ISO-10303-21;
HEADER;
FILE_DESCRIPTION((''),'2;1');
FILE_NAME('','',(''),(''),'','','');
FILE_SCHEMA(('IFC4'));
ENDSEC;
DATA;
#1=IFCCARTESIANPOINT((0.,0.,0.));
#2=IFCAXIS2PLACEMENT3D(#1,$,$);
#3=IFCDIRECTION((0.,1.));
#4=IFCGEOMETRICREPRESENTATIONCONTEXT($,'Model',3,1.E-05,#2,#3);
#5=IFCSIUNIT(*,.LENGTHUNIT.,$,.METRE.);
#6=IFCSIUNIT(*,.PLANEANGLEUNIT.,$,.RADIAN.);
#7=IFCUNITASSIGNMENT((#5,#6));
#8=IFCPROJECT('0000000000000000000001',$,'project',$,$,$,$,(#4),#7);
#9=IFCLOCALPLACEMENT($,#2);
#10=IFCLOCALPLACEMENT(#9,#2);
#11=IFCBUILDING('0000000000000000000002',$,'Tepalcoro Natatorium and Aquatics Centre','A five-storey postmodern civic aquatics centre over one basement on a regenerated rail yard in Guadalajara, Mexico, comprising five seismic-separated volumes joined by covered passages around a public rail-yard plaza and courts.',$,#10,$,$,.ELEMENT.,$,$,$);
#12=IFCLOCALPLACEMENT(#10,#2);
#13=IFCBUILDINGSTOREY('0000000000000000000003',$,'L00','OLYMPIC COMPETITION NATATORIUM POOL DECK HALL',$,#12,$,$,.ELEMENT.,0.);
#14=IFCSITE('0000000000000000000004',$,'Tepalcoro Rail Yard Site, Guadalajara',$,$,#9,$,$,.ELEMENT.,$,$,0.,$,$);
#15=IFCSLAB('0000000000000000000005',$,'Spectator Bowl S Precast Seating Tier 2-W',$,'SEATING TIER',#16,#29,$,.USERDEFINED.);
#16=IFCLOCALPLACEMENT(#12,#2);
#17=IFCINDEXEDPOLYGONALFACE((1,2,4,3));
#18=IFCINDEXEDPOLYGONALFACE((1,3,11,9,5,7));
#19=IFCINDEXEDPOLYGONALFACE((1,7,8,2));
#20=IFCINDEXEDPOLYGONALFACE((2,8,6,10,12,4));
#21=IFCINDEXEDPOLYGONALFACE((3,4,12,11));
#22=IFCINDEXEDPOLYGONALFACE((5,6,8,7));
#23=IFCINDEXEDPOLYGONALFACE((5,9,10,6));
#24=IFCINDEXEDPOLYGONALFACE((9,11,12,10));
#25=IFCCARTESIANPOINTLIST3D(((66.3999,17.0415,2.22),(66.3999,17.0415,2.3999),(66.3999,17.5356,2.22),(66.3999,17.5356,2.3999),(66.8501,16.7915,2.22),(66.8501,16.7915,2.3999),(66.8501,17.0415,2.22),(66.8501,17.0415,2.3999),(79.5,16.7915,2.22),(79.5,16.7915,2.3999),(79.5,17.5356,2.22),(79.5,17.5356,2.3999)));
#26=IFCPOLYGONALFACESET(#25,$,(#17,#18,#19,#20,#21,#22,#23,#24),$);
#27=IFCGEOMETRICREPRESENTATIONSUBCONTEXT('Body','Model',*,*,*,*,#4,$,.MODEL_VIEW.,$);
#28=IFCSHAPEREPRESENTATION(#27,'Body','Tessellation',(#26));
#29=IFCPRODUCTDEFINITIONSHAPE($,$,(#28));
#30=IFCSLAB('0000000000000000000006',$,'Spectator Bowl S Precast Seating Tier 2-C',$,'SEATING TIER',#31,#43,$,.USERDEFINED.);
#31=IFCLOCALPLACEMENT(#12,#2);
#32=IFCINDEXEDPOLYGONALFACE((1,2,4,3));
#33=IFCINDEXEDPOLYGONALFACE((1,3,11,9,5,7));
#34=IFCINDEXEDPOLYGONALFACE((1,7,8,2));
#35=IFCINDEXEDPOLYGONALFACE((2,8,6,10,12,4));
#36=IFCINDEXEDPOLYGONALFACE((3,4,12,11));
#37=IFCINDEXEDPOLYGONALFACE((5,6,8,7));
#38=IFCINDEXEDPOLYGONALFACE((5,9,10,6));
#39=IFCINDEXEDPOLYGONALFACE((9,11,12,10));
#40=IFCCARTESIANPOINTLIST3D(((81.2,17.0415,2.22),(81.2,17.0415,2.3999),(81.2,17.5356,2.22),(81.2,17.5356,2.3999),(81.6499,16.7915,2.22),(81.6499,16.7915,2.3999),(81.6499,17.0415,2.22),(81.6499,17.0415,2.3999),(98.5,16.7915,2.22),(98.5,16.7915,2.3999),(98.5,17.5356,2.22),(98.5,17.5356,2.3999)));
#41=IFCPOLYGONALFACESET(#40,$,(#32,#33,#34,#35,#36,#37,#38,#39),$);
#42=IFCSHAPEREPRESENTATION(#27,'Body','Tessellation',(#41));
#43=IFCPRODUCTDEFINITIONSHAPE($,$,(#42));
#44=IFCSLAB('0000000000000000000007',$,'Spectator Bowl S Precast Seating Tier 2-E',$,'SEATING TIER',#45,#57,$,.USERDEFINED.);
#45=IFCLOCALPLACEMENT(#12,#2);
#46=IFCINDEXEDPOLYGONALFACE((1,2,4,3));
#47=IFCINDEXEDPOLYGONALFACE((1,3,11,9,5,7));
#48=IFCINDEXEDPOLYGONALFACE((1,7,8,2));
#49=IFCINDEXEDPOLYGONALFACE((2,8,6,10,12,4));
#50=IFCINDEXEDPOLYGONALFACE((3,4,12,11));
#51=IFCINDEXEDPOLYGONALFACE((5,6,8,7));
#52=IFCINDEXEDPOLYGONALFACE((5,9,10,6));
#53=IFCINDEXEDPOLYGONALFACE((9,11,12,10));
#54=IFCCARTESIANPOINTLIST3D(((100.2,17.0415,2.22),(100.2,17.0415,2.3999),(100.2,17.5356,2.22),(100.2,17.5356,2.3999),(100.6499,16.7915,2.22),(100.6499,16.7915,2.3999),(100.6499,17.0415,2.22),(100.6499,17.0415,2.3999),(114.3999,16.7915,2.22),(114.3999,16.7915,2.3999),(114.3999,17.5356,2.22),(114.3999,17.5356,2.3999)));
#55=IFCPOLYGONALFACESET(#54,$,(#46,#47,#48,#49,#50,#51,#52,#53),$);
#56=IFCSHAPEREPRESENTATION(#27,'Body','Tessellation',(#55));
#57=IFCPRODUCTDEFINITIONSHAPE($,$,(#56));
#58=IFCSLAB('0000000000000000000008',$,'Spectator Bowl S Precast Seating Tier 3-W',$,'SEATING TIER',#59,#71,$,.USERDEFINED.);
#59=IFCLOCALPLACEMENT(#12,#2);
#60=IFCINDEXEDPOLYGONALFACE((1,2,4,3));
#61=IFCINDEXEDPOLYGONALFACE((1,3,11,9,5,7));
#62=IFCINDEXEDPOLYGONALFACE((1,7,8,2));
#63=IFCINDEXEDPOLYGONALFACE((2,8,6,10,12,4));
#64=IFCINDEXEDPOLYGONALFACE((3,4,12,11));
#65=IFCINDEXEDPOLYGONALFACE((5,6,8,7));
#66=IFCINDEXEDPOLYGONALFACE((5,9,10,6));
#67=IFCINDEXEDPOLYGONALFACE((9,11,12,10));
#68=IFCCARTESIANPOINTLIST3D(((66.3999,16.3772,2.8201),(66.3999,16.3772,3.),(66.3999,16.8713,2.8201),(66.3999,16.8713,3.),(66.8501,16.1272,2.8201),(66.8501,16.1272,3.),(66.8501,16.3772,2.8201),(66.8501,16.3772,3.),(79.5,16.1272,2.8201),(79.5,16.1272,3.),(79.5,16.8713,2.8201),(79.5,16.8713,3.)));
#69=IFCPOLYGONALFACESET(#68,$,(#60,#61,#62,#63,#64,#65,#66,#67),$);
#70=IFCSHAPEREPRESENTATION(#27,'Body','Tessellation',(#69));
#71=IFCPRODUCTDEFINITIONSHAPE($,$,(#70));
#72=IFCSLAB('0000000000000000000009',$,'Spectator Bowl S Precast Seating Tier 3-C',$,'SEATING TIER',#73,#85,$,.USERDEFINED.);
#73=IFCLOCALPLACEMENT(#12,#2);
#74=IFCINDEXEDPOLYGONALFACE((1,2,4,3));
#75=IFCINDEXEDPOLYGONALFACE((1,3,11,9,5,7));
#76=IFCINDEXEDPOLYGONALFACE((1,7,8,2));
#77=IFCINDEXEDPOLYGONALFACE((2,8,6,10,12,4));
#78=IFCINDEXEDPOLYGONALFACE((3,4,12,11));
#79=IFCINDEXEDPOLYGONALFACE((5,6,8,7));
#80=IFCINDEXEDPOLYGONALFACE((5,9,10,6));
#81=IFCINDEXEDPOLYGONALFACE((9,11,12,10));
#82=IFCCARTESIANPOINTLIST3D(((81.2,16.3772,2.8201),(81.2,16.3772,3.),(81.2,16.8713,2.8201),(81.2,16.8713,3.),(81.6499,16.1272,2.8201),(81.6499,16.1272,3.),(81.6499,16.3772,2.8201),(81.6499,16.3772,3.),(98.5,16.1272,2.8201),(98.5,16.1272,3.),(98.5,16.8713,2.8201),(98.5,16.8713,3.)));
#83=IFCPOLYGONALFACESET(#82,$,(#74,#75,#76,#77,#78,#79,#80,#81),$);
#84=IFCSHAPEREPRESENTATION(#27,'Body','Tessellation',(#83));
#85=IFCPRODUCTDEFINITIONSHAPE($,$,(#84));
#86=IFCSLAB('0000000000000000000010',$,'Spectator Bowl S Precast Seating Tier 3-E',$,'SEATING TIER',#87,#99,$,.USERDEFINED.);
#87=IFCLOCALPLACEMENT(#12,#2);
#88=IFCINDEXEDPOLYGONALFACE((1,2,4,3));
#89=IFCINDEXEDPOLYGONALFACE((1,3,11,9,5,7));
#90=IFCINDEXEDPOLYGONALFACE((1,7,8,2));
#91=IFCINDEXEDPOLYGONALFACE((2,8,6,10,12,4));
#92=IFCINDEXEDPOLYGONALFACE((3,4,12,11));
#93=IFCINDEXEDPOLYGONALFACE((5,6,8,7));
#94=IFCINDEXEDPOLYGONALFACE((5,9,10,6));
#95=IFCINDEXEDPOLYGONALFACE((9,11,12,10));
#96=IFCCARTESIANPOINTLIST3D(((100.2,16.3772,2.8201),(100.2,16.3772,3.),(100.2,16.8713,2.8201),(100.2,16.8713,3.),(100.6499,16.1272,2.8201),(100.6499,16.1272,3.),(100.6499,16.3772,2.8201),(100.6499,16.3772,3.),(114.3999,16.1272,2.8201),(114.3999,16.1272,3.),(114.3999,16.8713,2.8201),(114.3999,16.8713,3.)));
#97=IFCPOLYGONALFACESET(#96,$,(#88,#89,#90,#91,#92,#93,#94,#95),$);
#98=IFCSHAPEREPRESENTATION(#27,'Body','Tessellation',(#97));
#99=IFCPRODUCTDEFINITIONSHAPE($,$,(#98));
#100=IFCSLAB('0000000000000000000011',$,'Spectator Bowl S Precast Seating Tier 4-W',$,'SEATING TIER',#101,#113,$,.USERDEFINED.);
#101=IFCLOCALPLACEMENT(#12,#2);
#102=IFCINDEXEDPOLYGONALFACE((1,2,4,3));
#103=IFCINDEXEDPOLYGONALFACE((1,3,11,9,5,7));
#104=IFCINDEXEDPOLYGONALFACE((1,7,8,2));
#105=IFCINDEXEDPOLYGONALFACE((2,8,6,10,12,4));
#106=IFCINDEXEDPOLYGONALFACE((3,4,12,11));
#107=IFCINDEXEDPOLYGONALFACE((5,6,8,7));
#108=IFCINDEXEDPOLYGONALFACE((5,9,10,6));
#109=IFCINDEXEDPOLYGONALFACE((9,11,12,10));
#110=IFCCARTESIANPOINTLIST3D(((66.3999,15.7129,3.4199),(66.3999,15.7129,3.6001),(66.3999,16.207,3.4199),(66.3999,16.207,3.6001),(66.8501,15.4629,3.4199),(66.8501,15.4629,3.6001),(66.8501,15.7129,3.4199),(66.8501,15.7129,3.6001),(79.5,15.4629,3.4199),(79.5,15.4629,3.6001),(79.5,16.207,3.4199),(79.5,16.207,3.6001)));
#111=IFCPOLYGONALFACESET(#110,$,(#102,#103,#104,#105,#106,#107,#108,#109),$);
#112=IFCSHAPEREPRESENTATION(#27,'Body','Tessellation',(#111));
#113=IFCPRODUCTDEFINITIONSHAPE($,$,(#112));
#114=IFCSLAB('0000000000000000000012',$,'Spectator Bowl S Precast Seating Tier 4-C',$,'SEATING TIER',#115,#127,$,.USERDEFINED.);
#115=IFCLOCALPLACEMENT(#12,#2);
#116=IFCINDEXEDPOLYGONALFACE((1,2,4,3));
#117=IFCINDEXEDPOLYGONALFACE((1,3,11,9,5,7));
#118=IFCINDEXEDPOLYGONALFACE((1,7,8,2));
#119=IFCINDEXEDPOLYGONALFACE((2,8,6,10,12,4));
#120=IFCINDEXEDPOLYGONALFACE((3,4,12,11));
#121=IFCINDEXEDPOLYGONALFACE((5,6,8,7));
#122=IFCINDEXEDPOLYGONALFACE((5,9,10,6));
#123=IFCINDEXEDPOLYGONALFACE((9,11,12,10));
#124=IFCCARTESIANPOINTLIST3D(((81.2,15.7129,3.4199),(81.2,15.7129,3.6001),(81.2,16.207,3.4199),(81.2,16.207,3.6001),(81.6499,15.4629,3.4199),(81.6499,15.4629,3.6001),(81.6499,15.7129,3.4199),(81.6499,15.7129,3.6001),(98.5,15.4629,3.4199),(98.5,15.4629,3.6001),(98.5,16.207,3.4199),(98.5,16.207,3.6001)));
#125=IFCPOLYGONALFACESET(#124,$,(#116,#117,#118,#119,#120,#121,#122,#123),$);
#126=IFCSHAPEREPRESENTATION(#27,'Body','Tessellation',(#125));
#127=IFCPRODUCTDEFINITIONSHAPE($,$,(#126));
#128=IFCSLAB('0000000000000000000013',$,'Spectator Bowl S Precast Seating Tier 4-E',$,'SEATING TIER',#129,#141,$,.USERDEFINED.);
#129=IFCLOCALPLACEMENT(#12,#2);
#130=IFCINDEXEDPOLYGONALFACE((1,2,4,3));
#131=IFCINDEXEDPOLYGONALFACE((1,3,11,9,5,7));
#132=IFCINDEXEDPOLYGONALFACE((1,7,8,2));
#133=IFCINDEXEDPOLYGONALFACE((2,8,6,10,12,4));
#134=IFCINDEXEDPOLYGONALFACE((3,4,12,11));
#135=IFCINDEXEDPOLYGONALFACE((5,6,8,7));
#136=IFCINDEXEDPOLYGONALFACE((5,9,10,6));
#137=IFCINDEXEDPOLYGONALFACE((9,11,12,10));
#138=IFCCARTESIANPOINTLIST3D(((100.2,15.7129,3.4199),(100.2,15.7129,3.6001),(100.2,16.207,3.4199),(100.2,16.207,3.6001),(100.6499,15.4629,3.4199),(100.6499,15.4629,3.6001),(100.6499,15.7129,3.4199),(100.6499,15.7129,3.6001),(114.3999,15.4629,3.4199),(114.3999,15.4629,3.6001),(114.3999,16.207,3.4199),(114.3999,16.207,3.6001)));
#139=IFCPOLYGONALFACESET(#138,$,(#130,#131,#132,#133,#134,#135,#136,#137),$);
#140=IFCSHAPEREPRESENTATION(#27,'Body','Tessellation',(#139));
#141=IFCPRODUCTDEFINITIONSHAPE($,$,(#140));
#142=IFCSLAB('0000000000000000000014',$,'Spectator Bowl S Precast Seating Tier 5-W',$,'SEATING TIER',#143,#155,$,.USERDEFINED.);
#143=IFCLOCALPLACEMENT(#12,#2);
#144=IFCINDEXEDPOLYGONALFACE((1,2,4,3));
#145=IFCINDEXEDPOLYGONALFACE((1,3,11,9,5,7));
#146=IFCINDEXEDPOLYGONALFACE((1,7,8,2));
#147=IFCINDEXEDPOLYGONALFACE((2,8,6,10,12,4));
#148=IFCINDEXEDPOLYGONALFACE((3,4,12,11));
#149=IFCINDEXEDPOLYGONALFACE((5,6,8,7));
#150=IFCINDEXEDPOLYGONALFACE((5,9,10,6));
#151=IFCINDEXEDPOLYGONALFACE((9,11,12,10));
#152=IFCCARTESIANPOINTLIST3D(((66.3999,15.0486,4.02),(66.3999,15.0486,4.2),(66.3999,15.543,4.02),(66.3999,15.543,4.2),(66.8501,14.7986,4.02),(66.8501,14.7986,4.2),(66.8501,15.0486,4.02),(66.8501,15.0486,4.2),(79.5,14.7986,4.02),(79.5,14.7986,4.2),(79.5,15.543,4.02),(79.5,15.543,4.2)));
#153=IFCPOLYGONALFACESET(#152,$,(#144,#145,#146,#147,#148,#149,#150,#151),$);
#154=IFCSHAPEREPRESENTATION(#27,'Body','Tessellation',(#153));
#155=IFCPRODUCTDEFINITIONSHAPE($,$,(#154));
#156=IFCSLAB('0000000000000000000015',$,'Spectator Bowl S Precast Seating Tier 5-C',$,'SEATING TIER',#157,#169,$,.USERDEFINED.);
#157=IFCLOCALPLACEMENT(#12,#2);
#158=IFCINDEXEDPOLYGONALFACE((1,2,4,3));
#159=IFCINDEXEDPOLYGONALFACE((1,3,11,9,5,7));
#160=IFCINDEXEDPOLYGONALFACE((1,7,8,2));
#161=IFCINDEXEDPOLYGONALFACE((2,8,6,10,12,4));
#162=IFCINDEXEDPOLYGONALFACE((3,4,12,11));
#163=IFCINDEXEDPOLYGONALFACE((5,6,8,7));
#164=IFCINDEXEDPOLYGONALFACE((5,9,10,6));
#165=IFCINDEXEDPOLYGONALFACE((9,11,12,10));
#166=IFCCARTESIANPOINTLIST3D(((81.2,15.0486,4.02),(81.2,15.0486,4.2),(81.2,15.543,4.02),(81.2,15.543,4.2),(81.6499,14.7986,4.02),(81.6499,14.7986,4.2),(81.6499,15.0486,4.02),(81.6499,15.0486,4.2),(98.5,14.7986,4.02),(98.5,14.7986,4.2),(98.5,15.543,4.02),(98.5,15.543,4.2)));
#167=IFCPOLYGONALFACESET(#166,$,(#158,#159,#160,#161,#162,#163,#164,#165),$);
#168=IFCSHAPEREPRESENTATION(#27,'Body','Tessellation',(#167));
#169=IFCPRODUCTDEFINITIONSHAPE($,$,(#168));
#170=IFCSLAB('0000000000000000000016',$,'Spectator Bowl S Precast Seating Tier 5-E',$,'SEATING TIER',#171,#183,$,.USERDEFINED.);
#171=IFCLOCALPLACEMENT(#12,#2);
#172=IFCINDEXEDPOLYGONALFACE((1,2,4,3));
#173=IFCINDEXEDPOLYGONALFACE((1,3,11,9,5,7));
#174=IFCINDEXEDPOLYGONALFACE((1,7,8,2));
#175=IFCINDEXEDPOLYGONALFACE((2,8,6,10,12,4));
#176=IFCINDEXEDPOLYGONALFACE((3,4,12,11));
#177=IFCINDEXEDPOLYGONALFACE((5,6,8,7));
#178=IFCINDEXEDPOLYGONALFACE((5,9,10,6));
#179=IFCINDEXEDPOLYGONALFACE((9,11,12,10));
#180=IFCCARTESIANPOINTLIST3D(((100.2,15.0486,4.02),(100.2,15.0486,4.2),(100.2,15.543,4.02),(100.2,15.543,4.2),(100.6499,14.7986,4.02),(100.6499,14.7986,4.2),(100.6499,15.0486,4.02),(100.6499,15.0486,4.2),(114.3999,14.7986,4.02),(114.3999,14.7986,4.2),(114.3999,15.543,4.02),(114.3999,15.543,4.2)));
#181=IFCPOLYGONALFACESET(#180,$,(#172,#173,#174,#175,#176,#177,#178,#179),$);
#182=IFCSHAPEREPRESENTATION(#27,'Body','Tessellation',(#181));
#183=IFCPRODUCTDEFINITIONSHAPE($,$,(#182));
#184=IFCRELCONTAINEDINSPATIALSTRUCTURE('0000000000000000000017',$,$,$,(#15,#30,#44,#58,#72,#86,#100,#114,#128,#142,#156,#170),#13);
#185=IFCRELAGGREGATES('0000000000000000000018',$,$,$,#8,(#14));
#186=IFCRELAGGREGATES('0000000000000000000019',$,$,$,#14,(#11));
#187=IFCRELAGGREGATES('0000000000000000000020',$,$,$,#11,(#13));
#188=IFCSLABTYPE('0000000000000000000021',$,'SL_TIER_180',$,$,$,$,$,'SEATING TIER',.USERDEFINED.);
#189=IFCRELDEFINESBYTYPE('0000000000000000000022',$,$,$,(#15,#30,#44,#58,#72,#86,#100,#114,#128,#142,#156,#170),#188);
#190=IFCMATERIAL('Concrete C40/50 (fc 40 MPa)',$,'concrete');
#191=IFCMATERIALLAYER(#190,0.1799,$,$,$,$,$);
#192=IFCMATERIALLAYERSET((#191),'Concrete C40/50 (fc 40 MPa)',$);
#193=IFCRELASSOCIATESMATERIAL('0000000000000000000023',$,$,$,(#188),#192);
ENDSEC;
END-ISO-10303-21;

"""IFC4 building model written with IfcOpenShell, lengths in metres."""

from ifc_helpers import new_model, si_unit, direction, frame, origin, place, context, subcontext, project, spatial, polyline, outline, extrude, material, layer, layer_set, type_object, element, save


model = new_model("IFC4")

# Units and contexts
model_context = context("Model", 3, precision=1e-05, world=origin(), true_north=direction((0.0, 1.0)))
body_context = subcontext(model_context, "Body", "Model", "MODEL_VIEW")
ifc_project = project(units=[si_unit("LENGTHUNIT", "METRE"), si_unit("PLANEANGLEUNIT", "RADIAN")], contexts=[model_context])

# Site, building, storey
site_placement = place(None, origin())
site = spatial("IfcSite", under=ifc_project, at=site_placement, Name="Tepalcoro Rail Yard Site, Guadalajara", CompositionType="ELEMENT", RefElevation=0.0)
building_placement = place(site_placement, origin())
building = spatial("IfcBuilding", under=site, at=building_placement, Name="Tepalcoro Natatorium and Aquatics Centre", Description="A five-storey postmodern civic aquatics centre over one basement on a regenerated rail yard in Guadalajara, Mexico, comprising five seismic-separated volumes joined by covered passages around a public rail-yard plaza and courts.", CompositionType="ELEMENT")
storey_placement = place(building_placement, origin())
storey = spatial("IfcBuildingStorey", under=building, at=storey_placement, Name="L00", Description="OLYMPIC COMPETITION NATATORIUM POOL DECK HALL", CompositionType="ELEMENT", Elevation=0.0)

# Slabs
ifc_material = material(Name="Concrete C40/50 (fc 40 MPa)", Category="concrete")
ifc_layer = layer(ifc_material, 0.1799)
ifc_layer_set = layer_set([ifc_layer], Name="Concrete C40/50 (fc 40 MPa)")
slab_type = type_object("IfcSlabType", Name="SL_TIER_180", ElementType="SEATING TIER", PredefinedType="USERDEFINED", material=ifc_layer_set)
slab_1_placement = place(storey_placement, frame((0.0, 0.0, 2.22)))
element("IfcSlab", 1, at=slab_1_placement, inside=storey, type_object=slab_type, Name="Spectator Bowl S Precast Seating Tier 2-W", ObjectType="SEATING TIER", PredefinedType="USERDEFINED", context=body_context, shape_type="SweptSolid", body=[
    extrude(outline(polyline([(66.3999, 17.5356), (79.5, 17.5356), (79.5, 16.7915), (66.8501, 16.7915), (66.8501, 17.0415), (66.3999, 17.0415), (66.3999, 17.5356)])), origin(), (0.0, 0.0, 1.0), 0.1799),
])
slab_2_placement = place(storey_placement, frame((0.0, 0.0, 2.22)))
element("IfcSlab", 2, at=slab_2_placement, inside=storey, type_object=slab_type, Name="Spectator Bowl S Precast Seating Tier 2-C", ObjectType="SEATING TIER", PredefinedType="USERDEFINED", context=body_context, shape_type="SweptSolid", body=[
    extrude(outline(polyline([(81.2, 17.5356), (98.5, 17.5356), (98.5, 16.7915), (81.6499, 16.7915), (81.6499, 17.0415), (81.2, 17.0415), (81.2, 17.5356)])), origin(), (0.0, 0.0, 1.0), 0.1799),
])
slab_3_placement = place(storey_placement, frame((0.0, 0.0, 2.22)))
element("IfcSlab", 3, at=slab_3_placement, inside=storey, type_object=slab_type, Name="Spectator Bowl S Precast Seating Tier 2-E", ObjectType="SEATING TIER", PredefinedType="USERDEFINED", context=body_context, shape_type="SweptSolid", body=[
    extrude(outline(polyline([(100.2, 17.5356), (114.3999, 17.5356), (114.3999, 16.7915), (100.6499, 16.7915), (100.6499, 17.0415), (100.2, 17.0415), (100.2, 17.5356)])), origin(), (0.0, 0.0, 1.0), 0.1799),
])
slab_4_placement = place(storey_placement, frame((0.0, 0.0, 2.8201)))
element("IfcSlab", 4, at=slab_4_placement, inside=storey, type_object=slab_type, Name="Spectator Bowl S Precast Seating Tier 3-W", ObjectType="SEATING TIER", PredefinedType="USERDEFINED", context=body_context, shape_type="SweptSolid", body=[
    extrude(outline(polyline([(66.3999, 16.8713), (79.5, 16.8713), (79.5, 16.1272), (66.8501, 16.1272), (66.8501, 16.3772), (66.3999, 16.3772), (66.3999, 16.8713)])), origin(), (0.0, 0.0, 1.0), 0.1799),
])
slab_5_placement = place(storey_placement, frame((0.0, 0.0, 2.8201)))
element("IfcSlab", 5, at=slab_5_placement, inside=storey, type_object=slab_type, Name="Spectator Bowl S Precast Seating Tier 3-C", ObjectType="SEATING TIER", PredefinedType="USERDEFINED", context=body_context, shape_type="SweptSolid", body=[
    extrude(outline(polyline([(81.2, 16.8713), (98.5, 16.8713), (98.5, 16.1272), (81.6499, 16.1272), (81.6499, 16.3772), (81.2, 16.3772), (81.2, 16.8713)])), origin(), (0.0, 0.0, 1.0), 0.1799),
])
slab_6_placement = place(storey_placement, frame((0.0, 0.0, 2.8201)))
element("IfcSlab", 6, at=slab_6_placement, inside=storey, type_object=slab_type, Name="Spectator Bowl S Precast Seating Tier 3-E", ObjectType="SEATING TIER", PredefinedType="USERDEFINED", context=body_context, shape_type="SweptSolid", body=[
    extrude(outline(polyline([(100.2, 16.8713), (114.3999, 16.8713), (114.3999, 16.1272), (100.6499, 16.1272), (100.6499, 16.3772), (100.2, 16.3772), (100.2, 16.8713)])), origin(), (0.0, 0.0, 1.0), 0.1799),
])
slab_7_placement = place(storey_placement, frame((0.0, 0.0, 3.4199)))
element("IfcSlab", 7, at=slab_7_placement, inside=storey, type_object=slab_type, Name="Spectator Bowl S Precast Seating Tier 4-W", ObjectType="SEATING TIER", PredefinedType="USERDEFINED", context=body_context, shape_type="SweptSolid", body=[
    extrude(outline(polyline([(66.3999, 16.207), (79.5, 16.207), (79.5, 15.4629), (66.8501, 15.4629), (66.8501, 15.7129), (66.3999, 15.7129), (66.3999, 16.207)])), origin(), (0.0, 0.0, 1.0), 0.1802),
])
slab_8_placement = place(storey_placement, frame((0.0, 0.0, 3.4199)))
element("IfcSlab", 8, at=slab_8_placement, inside=storey, type_object=slab_type, Name="Spectator Bowl S Precast Seating Tier 4-C", ObjectType="SEATING TIER", PredefinedType="USERDEFINED", context=body_context, shape_type="SweptSolid", body=[
    extrude(outline(polyline([(81.2, 16.207), (98.5, 16.207), (98.5, 15.4629), (81.6499, 15.4629), (81.6499, 15.7129), (81.2, 15.7129), (81.2, 16.207)])), origin(), (0.0, 0.0, 1.0), 0.1802),
])
slab_9_placement = place(storey_placement, frame((0.0, 0.0, 3.4199)))
element("IfcSlab", 9, at=slab_9_placement, inside=storey, type_object=slab_type, Name="Spectator Bowl S Precast Seating Tier 4-E", ObjectType="SEATING TIER", PredefinedType="USERDEFINED", context=body_context, shape_type="SweptSolid", body=[
    extrude(outline(polyline([(100.2, 16.207), (114.3999, 16.207), (114.3999, 15.4629), (100.6499, 15.4629), (100.6499, 15.7129), (100.2, 15.7129), (100.2, 16.207)])), origin(), (0.0, 0.0, 1.0), 0.1802),
])
slab_10_placement = place(storey_placement, frame((0.0, 0.0, 4.02)))
element("IfcSlab", 10, at=slab_10_placement, inside=storey, type_object=slab_type, Name="Spectator Bowl S Precast Seating Tier 5-W", ObjectType="SEATING TIER", PredefinedType="USERDEFINED", context=body_context, shape_type="SweptSolid", body=[
    extrude(outline(polyline([(66.3999, 15.543), (79.5, 15.543), (79.5, 14.7986), (66.8501, 14.7986), (66.8501, 15.0486), (66.3999, 15.0486), (66.3999, 15.543)])), origin(), (0.0, 0.0, 1.0), 0.1799),
])
slab_11_placement = place(storey_placement, frame((0.0, 0.0, 4.02)))
element("IfcSlab", 11, at=slab_11_placement, inside=storey, type_object=slab_type, Name="Spectator Bowl S Precast Seating Tier 5-C", ObjectType="SEATING TIER", PredefinedType="USERDEFINED", context=body_context, shape_type="SweptSolid", body=[
    extrude(outline(polyline([(81.2, 15.543), (98.5, 15.543), (98.5, 14.7986), (81.6499, 14.7986), (81.6499, 15.0486), (81.2, 15.0486), (81.2, 15.543)])), origin(), (0.0, 0.0, 1.0), 0.1799),
])
slab_12_placement = place(storey_placement, frame((0.0, 0.0, 4.02)))
element("IfcSlab", 12, at=slab_12_placement, inside=storey, type_object=slab_type, Name="Spectator Bowl S Precast Seating Tier 5-E", ObjectType="SEATING TIER", PredefinedType="USERDEFINED", context=body_context, shape_type="SweptSolid", body=[
    extrude(outline(polyline([(100.2, 15.543), (114.3999, 15.543), (114.3999, 14.7986), (100.6499, 14.7986), (100.6499, 15.0486), (100.2, 15.0486), (100.2, 15.543)])), origin(), (0.0, 0.0, 1.0), 0.1799),
])

save(model, "model.ifc")
